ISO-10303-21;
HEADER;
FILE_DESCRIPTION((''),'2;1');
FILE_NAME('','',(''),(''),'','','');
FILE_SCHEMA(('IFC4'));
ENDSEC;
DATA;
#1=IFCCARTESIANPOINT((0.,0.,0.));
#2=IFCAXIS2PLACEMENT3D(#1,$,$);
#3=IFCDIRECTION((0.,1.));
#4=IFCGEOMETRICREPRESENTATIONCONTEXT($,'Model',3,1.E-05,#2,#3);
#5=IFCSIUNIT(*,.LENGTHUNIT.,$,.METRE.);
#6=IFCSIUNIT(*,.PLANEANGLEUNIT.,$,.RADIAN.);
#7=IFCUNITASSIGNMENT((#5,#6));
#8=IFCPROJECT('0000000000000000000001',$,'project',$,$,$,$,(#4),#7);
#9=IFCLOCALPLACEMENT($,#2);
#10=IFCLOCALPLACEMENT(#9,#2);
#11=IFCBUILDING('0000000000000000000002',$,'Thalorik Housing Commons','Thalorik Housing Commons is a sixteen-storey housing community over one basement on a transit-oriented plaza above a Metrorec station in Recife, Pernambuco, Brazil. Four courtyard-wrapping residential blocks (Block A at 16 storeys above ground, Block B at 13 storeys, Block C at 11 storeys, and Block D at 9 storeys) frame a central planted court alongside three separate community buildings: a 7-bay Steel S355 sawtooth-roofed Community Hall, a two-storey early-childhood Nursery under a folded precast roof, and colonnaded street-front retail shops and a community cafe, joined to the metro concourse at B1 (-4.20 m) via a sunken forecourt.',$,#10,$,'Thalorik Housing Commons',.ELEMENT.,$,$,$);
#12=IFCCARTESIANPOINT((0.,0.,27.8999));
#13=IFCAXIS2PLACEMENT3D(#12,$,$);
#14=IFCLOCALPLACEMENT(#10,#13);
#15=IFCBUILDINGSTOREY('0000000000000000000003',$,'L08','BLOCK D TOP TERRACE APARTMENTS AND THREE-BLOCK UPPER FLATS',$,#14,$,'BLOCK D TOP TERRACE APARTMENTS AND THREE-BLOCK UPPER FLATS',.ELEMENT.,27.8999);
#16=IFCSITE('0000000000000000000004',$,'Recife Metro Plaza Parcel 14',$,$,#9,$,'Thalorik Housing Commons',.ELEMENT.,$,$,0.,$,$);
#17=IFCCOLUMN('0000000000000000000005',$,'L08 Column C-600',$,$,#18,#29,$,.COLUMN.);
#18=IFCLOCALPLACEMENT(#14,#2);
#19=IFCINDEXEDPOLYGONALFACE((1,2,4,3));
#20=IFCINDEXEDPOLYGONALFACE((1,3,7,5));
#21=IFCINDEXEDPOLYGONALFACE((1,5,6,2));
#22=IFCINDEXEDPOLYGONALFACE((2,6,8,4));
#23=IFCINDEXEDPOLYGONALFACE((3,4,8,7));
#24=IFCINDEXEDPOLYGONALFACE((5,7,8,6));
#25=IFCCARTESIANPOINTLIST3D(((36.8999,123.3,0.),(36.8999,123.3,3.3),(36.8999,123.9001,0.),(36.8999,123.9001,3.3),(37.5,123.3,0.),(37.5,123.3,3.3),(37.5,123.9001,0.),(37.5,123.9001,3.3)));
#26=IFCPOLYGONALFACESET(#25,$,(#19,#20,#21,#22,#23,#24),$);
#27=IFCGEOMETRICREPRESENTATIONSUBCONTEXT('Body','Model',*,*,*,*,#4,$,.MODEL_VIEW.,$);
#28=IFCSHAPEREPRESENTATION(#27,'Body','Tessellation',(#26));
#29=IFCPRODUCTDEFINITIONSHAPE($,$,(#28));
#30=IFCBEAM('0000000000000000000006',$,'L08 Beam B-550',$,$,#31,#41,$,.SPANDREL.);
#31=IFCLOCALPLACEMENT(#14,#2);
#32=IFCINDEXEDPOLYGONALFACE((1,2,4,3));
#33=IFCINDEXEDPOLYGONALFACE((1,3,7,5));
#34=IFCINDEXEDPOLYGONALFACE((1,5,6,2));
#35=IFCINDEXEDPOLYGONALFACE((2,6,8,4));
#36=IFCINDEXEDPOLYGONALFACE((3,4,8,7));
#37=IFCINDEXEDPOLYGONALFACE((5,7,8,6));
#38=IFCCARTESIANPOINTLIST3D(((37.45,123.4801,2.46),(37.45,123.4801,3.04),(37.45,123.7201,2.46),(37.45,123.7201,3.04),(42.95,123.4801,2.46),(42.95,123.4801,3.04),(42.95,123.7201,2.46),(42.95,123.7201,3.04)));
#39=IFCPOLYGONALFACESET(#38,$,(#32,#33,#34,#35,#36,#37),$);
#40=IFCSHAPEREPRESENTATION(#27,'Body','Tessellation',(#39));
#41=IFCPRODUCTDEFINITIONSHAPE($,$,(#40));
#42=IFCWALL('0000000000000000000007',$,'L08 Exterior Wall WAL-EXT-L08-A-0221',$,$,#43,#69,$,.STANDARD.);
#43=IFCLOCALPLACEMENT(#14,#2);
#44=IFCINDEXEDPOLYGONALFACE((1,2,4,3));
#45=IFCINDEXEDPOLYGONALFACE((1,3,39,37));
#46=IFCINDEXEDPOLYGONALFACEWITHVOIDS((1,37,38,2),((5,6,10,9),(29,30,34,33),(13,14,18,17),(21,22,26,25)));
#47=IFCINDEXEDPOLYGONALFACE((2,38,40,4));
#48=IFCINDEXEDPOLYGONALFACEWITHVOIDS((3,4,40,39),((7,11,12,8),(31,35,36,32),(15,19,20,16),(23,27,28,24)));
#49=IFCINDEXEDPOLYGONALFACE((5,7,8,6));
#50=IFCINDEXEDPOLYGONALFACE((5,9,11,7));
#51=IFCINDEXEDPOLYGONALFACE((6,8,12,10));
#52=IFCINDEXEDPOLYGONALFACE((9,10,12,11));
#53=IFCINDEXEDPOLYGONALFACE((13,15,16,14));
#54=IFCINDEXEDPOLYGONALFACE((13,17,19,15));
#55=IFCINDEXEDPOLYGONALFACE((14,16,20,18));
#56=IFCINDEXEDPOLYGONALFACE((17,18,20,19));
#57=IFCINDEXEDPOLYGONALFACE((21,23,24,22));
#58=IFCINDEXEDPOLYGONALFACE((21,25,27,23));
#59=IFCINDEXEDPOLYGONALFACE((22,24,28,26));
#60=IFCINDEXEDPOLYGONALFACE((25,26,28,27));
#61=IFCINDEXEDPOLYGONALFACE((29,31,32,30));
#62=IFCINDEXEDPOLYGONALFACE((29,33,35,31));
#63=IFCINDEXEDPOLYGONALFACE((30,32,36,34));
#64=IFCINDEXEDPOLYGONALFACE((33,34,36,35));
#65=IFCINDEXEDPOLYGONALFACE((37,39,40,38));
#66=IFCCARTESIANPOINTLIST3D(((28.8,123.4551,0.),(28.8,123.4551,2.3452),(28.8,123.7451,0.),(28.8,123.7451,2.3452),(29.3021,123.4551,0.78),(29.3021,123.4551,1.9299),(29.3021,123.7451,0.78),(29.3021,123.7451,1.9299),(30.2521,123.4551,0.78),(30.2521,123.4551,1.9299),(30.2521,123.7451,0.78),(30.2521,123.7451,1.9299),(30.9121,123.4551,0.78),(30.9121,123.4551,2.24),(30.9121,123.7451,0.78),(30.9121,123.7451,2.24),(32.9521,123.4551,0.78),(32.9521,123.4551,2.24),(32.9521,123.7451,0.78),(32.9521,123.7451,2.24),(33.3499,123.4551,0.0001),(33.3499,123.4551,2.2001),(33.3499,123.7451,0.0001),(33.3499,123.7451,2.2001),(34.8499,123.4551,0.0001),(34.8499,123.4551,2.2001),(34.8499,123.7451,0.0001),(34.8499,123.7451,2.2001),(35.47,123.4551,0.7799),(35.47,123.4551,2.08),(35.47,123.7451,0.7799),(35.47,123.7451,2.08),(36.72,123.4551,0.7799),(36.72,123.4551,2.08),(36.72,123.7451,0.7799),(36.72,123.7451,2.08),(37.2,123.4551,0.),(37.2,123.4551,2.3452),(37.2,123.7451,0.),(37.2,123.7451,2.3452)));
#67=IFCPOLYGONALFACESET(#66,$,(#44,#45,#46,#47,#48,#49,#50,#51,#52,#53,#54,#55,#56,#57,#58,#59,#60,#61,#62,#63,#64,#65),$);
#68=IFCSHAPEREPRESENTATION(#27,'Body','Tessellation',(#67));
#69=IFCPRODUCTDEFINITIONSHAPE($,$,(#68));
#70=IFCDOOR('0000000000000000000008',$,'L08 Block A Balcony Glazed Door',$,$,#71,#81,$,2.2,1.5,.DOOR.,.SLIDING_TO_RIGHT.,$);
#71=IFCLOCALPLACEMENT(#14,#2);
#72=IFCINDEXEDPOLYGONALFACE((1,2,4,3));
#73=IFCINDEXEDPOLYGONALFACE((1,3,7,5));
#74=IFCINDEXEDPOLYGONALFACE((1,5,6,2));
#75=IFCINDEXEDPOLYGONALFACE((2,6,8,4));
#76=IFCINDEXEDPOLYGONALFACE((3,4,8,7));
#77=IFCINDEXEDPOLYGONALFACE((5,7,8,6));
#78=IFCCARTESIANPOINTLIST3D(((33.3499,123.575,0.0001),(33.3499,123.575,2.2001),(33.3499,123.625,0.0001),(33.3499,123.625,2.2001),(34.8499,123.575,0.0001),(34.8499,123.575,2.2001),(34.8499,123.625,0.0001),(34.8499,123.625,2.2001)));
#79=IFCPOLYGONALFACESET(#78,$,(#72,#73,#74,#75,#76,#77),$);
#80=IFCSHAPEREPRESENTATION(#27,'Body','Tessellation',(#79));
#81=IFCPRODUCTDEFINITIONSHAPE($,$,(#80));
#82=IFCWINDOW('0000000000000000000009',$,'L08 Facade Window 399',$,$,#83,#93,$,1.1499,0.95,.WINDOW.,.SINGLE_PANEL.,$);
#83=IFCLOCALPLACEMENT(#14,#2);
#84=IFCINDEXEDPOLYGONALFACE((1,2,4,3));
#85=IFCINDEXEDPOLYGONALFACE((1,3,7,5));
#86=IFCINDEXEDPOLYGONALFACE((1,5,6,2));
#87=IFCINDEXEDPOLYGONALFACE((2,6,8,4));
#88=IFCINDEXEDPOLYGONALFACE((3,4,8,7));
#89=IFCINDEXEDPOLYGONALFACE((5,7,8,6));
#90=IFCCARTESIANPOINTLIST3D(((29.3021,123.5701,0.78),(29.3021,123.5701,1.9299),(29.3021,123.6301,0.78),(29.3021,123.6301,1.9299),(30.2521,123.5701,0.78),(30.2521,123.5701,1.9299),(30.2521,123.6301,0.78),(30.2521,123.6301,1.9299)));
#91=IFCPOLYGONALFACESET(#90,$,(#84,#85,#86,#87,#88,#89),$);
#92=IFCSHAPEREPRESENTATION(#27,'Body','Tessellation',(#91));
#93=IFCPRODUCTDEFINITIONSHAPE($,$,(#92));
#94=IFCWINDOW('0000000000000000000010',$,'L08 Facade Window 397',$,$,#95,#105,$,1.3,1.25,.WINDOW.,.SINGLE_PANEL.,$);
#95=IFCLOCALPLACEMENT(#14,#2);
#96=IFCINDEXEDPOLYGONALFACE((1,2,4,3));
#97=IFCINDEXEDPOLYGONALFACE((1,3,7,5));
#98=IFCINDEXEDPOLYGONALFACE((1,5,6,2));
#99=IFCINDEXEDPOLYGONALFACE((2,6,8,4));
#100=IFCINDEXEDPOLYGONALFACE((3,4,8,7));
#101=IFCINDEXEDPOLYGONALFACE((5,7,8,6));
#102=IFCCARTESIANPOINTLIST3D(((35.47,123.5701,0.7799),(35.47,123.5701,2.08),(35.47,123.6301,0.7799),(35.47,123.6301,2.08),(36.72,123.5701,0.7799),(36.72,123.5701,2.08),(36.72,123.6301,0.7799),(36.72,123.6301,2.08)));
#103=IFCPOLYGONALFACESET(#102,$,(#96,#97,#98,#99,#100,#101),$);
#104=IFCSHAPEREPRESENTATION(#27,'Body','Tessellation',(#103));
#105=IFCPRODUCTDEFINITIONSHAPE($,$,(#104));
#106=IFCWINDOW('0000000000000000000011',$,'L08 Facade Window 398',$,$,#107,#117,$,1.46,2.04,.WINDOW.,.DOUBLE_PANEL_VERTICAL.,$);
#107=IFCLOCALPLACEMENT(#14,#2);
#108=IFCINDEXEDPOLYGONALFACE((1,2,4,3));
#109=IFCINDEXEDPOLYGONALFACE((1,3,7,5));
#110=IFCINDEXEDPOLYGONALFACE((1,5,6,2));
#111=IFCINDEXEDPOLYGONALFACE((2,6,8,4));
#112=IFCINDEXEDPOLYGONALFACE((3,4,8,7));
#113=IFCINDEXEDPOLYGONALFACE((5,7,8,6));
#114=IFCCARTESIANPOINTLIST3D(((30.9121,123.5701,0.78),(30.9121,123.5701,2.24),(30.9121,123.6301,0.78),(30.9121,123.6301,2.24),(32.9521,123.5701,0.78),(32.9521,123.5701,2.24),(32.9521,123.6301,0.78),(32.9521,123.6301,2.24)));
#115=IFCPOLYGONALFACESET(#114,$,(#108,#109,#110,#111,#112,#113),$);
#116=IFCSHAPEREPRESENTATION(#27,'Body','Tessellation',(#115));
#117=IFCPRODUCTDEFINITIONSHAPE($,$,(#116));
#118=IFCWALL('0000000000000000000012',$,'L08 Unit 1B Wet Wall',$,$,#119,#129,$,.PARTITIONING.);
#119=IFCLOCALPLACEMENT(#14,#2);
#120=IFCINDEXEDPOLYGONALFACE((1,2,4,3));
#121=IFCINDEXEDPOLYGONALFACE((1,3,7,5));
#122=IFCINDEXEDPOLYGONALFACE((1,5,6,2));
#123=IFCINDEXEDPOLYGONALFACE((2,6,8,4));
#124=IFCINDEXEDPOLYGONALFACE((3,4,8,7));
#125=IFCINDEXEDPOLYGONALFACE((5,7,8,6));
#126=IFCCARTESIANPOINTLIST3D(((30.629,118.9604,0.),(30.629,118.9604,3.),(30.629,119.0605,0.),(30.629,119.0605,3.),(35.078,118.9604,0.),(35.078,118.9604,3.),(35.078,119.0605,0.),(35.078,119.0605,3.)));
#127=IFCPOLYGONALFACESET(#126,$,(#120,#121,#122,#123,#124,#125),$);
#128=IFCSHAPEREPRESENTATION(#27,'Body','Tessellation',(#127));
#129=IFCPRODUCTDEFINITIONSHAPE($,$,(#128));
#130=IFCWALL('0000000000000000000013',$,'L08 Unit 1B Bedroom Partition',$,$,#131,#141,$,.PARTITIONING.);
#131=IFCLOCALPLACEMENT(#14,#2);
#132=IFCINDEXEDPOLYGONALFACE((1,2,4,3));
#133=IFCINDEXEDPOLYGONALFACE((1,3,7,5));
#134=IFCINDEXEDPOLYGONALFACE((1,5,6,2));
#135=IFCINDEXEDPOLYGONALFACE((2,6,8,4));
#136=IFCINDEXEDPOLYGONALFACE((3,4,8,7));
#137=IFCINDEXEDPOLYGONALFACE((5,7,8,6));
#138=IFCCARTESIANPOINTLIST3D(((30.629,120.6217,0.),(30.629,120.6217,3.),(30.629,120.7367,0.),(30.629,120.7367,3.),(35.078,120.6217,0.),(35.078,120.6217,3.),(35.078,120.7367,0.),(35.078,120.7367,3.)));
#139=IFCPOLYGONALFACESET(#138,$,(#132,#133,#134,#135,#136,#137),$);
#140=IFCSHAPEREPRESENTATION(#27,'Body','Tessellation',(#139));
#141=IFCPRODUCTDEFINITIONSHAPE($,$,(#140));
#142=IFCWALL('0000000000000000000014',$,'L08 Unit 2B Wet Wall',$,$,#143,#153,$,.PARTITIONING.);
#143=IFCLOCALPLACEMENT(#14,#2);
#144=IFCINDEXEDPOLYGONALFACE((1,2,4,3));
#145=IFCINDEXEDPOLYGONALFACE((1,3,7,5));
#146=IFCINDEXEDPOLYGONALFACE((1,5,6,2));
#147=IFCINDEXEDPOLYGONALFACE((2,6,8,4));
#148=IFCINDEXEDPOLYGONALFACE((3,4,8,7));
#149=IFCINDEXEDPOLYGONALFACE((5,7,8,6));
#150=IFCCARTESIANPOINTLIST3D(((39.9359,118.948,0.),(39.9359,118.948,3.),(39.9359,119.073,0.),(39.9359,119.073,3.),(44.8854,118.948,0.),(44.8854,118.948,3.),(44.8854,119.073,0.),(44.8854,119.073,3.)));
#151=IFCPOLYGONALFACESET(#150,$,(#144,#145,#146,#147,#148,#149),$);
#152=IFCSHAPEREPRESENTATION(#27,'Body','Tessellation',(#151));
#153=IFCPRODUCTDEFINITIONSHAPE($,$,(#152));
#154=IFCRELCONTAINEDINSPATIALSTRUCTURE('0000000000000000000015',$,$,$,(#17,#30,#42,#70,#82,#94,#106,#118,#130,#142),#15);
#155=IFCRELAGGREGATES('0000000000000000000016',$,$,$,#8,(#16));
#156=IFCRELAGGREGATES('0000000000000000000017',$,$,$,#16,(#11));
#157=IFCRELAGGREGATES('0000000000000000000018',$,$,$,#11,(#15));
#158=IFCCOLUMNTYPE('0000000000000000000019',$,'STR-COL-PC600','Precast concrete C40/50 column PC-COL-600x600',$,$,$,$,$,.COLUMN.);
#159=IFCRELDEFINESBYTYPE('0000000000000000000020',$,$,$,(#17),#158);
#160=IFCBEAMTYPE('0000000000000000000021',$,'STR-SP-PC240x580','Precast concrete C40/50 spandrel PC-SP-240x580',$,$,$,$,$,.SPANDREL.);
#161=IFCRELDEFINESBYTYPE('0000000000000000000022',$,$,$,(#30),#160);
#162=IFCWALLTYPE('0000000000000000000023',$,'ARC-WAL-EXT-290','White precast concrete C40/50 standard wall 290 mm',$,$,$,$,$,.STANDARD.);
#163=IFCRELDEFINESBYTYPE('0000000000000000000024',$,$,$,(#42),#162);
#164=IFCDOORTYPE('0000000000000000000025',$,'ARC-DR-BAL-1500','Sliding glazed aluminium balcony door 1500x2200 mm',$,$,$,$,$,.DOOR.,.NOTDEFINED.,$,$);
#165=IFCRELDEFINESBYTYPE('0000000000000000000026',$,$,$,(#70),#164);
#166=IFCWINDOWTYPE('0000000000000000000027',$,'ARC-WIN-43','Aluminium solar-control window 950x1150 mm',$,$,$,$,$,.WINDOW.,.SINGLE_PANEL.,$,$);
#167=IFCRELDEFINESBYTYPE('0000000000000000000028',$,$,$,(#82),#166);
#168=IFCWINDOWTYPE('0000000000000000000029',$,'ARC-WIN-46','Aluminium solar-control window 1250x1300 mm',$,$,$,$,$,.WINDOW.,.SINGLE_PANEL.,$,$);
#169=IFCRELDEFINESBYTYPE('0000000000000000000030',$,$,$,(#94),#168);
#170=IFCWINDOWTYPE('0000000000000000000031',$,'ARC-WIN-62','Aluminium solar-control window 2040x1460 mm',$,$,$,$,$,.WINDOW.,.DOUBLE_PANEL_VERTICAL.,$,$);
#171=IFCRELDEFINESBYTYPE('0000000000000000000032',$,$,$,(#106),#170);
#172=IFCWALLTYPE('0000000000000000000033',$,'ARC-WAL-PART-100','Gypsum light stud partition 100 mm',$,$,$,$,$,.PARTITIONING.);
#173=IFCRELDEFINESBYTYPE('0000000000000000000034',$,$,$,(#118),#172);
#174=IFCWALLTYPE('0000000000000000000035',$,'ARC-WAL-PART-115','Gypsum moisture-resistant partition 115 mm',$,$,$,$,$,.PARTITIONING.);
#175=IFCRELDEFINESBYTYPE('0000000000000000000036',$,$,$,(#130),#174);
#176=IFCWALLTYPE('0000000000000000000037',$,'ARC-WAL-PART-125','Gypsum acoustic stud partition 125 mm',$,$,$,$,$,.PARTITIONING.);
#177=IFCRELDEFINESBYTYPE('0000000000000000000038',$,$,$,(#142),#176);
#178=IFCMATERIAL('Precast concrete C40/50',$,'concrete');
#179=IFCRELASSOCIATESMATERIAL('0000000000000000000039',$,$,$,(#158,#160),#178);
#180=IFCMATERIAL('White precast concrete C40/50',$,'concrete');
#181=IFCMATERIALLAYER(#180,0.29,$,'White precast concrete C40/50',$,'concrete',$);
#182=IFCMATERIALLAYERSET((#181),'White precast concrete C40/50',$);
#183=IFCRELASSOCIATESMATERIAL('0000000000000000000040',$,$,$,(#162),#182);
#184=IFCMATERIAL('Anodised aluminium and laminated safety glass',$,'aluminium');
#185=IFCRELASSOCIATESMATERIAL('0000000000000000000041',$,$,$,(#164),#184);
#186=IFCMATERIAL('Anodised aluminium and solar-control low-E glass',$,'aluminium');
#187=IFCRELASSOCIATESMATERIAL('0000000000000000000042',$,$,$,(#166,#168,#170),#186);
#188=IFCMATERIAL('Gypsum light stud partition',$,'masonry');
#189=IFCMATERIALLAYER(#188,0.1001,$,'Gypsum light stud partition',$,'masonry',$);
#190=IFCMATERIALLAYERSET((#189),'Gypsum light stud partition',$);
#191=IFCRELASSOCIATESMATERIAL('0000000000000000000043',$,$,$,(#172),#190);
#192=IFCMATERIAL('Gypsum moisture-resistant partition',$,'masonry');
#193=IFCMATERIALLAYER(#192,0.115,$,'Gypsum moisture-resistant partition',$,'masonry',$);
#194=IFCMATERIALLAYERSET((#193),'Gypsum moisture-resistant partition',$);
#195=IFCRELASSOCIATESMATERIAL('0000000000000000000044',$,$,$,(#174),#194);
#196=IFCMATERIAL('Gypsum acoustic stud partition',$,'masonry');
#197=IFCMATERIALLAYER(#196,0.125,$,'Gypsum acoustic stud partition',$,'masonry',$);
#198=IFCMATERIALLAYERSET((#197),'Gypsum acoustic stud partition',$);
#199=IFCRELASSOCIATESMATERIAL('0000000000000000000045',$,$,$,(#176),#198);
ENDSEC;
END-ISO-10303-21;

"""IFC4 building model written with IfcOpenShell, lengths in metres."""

from ifc_helpers import new_model, si_unit, direction, frame, frame_2d, origin, origin_2d, place, context, subcontext, project, spatial, rectangle, extrude, material, layer, layer_set, material_profile, profile_set, type_object, element, fill, save


model = new_model("IFC4")

# Units and contexts
model_context = context("Model", 3, precision=1e-05, world=origin(), true_north=direction((0.0, 1.0)))
body_context = subcontext(model_context, "Body", "Model", "MODEL_VIEW")
ifc_project = project(units=[si_unit("LENGTHUNIT", "METRE"), si_unit("PLANEANGLEUNIT", "RADIAN")], contexts=[model_context])

# Site, building, storey
site_placement = place(None, origin())
site = spatial("IfcSite", under=ifc_project, at=site_placement, Name="Recife Metro Plaza Parcel 14", LongName="Thalorik Housing Commons", CompositionType="ELEMENT", RefElevation=0.0)
building_placement = place(site_placement, origin())
building = spatial("IfcBuilding", under=site, at=building_placement, Name="Thalorik Housing Commons", Description="Thalorik Housing Commons is a sixteen-storey housing community over one basement on a transit-oriented plaza above a Metrorec station in Recife, Pernambuco, Brazil. Four courtyard-wrapping residential blocks (Block A at 16 storeys above ground, Block B at 13 storeys, Block C at 11 storeys, and Block D at 9 storeys) frame a central planted court alongside three separate community buildings: a 7-bay Steel S355 sawtooth-roofed Community Hall, a two-storey early-childhood Nursery under a folded precast roof, and colonnaded street-front retail shops and a community cafe, joined to the metro concourse at B1 (-4.20 m) via a sunken forecourt.", LongName="Thalorik Housing Commons", CompositionType="ELEMENT")
storey_placement = place(building_placement, frame((0.0, 0.0, 27.8999)))
storey = spatial("IfcBuildingStorey", under=building, at=storey_placement, Name="L08", Description="BLOCK D TOP TERRACE APARTMENTS AND THREE-BLOCK UPPER FLATS", LongName="BLOCK D TOP TERRACE APARTMENTS AND THREE-BLOCK UPPER FLATS", CompositionType="ELEMENT", Elevation=27.8999)

# Column
ifc_material_1 = material(Name="Precast concrete C40/50", Category="concrete")
ifc_material_profile_1 = material_profile(ifc_material_1, rectangle(XDim=0.6001, YDim=0.6001, at=origin_2d()), Name="PC 600x600", Category="concrete")
ifc_profile_set_1 = profile_set([ifc_material_profile_1], Name="Precast concrete C40/50")
column_type = type_object("IfcColumnType", Name="STR-COL-PC600", Description="Precast concrete C40/50 column PC-COL-600x600", PredefinedType="COLUMN", material=ifc_profile_set_1)
column_placement = place(storey_placement, frame((37.2, 123.6001, 0.0), z_axis=(0.0, 0.0, 1.0), x_axis=(1.0, 0.0, 0.0)))
element("IfcColumn", 1, at=column_placement, inside=storey, type_object=column_type, Name="L08 Column C-600", PredefinedType="COLUMN", context=body_context, shape_type="SweptSolid", body=[
    extrude(rectangle(XDim=0.6001, YDim=0.6001, at=origin_2d()), origin(), (0.0, 0.0, 1.0), 3.3),
])

# Beam
ifc_material_profile_2 = material_profile(ifc_material_1, rectangle(XDim=0.24, YDim=0.5801, at=origin_2d()), Name="PC SP 240x580", Category="concrete")
ifc_profile_set_2 = profile_set([ifc_material_profile_2], Name="Precast concrete C40/50")
beam_type = type_object("IfcBeamType", Name="STR-SP-PC240x580", Description="Precast concrete C40/50 spandrel PC-SP-240x580", PredefinedType="SPANDREL", material=ifc_profile_set_2)
beam_placement = place(storey_placement, frame((37.45, 123.6001, 2.75), z_axis=(1.0, 0.0, 0.0), x_axis=(0.0, 1.0, 0.0)))
element("IfcBeam", 2, at=beam_placement, inside=storey, type_object=beam_type, Name="L08 Beam B-550", PredefinedType="SPANDREL", context=body_context, shape_type="SweptSolid", body=[
    extrude(rectangle(XDim=0.24, YDim=0.5801, at=origin_2d()), origin(), (0.0, 0.0, 1.0), 5.5),
])

# Wall, openings, door, windows
ifc_material_2 = material(Name="White precast concrete C40/50", Category="concrete")
ifc_layer_1 = layer(ifc_material_2, 0.29, Name="White precast concrete C40/50", Category="concrete")
ifc_layer_set_1 = layer_set([ifc_layer_1], Name="White precast concrete C40/50")
wall_type_1 = type_object("IfcWallType", Name="ARC-WAL-EXT-290", Description="White precast concrete C40/50 standard wall 290 mm", PredefinedType="STANDARD", material=ifc_layer_set_1)
wall_1_placement = place(storey_placement, frame((37.2, 123.6001, 0.0), z_axis=(0.0, 0.0, 1.0), x_axis=(-1.0, 0.0, 0.0)))
wall_1 = element("IfcWall", 3, at=wall_1_placement, inside=storey, type_object=wall_type_1, Name="L08 Exterior Wall WAL-EXT-L08-A-0221", PredefinedType="STANDARD", context=body_context, shape_type="SweptSolid", body=[
    extrude(rectangle(XDim=8.3999, YDim=0.29, at=frame_2d((4.2, 0.0))), origin(), (0.0, 0.0, 1.0), 2.3452),
])
opening_1_placement = place(wall_1_placement, frame((2.3501, 0.0, 0.0)))
opening_1 = element("IfcOpeningElement", 4, at=opening_1_placement, cuts=wall_1, PredefinedType="OPENING", context=body_context, shape_type="SweptSolid", body=[
    extrude(rectangle(XDim=1.5, YDim=2.2, at=frame_2d((0.75, 1.1001))), frame((0.0, 0.155, 0.0), z_axis=(0.0, -1.0, 0.0), x_axis=(1.0, 0.0, 0.0)), (0.0, 0.0, 1.0), 0.3101),
])
opening_2_placement = place(wall_1_placement, frame((0.48, 0.0, 0.78)))
opening_2 = element("IfcOpeningElement", 5, at=opening_2_placement, cuts=wall_1, PredefinedType="OPENING", context=body_context, shape_type="SweptSolid", body=[
    extrude(rectangle(XDim=1.25, YDim=1.3, at=frame_2d((0.625, 0.6499))), frame((0.0, 0.155, 0.0), z_axis=(0.0, -1.0, 0.0), x_axis=(1.0, 0.0, 0.0)), (0.0, 0.0, 1.0), 0.3101),
])
opening_3_placement = place(wall_1_placement, frame((4.2478, 0.0, 0.78)))
opening_3 = element("IfcOpeningElement", 6, at=opening_3_placement, cuts=wall_1, PredefinedType="OPENING", context=body_context, shape_type="SweptSolid", body=[
    extrude(rectangle(XDim=2.04, YDim=1.46, at=frame_2d((1.02, 0.73))), frame((0.0, 0.155, 0.0), z_axis=(0.0, -1.0, 0.0), x_axis=(1.0, 0.0, 0.0)), (0.0, 0.0, 1.0), 0.3101),
])
opening_4_placement = place(wall_1_placement, frame((6.9478, 0.0, 0.78)))
opening_4 = element("IfcOpeningElement", 7, at=opening_4_placement, cuts=wall_1, PredefinedType="OPENING", context=body_context, shape_type="SweptSolid", body=[
    extrude(rectangle(XDim=0.95, YDim=1.1499, at=frame_2d((0.4751, 0.575))), frame((0.0, 0.155, 0.0), z_axis=(0.0, -1.0, 0.0), x_axis=(1.0, 0.0, 0.0)), (0.0, 0.0, 1.0), 0.3101),
])
ifc_material_3 = material(Name="Anodised aluminium and laminated safety glass", Category="aluminium")
door_type = type_object("IfcDoorType", Name="ARC-DR-BAL-1500", Description="Sliding glazed aluminium balcony door 1500x2200 mm", OperationType="NOTDEFINED", PredefinedType="DOOR", material=ifc_material_3)
door_placement = place(opening_1_placement, frame((1.5, 0.0, 0.0), z_axis=(0.0, 0.0, 1.0), x_axis=(-1.0, 0.0, 0.0)))
door = element("IfcDoor", 8, at=door_placement, inside=storey, type_object=door_type, Name="L08 Block A Balcony Glazed Door", OperationType="SLIDING_TO_RIGHT", OverallHeight=2.2, OverallWidth=1.5, PredefinedType="DOOR", context=body_context, shape_type="SweptSolid", body=[
    extrude(rectangle(XDim=1.5, YDim=2.2, at=frame_2d((0.75, 1.1001))), frame((0.0, 0.0249, 0.0), z_axis=(0.0, -1.0, 0.0), x_axis=(1.0, 0.0, 0.0)), (0.0, 0.0, 1.0), 0.05),
])
fill(opening_1, door)
ifc_material_4 = material(Name="Anodised aluminium and solar-control low-E glass", Category="aluminium")
window_type_1 = type_object("IfcWindowType", Name="ARC-WIN-43", Description="Aluminium solar-control window 950x1150 mm", PartitioningType="SINGLE_PANEL", PredefinedType="WINDOW", material=ifc_material_4)
window_1_placement = place(opening_4_placement, origin())
window_1 = element("IfcWindow", 9, at=window_1_placement, inside=storey, type_object=window_type_1, Name="L08 Facade Window 399", OverallHeight=1.1499, OverallWidth=0.95, PartitioningType="SINGLE_PANEL", PredefinedType="WINDOW", context=body_context, shape_type="SweptSolid", body=[
    extrude(rectangle(XDim=0.95, YDim=1.1499, at=frame_2d((0.4751, 0.575))), frame((0.0, 0.03, 0.0), z_axis=(0.0, -1.0, 0.0), x_axis=(1.0, 0.0, 0.0)), (0.0, 0.0, 1.0), 0.0601),
])
fill(opening_4, window_1)
window_type_2 = type_object("IfcWindowType", Name="ARC-WIN-46", Description="Aluminium solar-control window 1250x1300 mm", PartitioningType="SINGLE_PANEL", PredefinedType="WINDOW", material=ifc_material_4)
window_2_placement = place(opening_2_placement, origin())
window_2 = element("IfcWindow", 10, at=window_2_placement, inside=storey, type_object=window_type_2, Name="L08 Facade Window 397", OverallHeight=1.3, OverallWidth=1.25, PartitioningType="SINGLE_PANEL", PredefinedType="WINDOW", context=body_context, shape_type="SweptSolid", body=[
    extrude(rectangle(XDim=1.25, YDim=1.3, at=frame_2d((0.625, 0.6499))), frame((0.0, 0.03, 0.0), z_axis=(0.0, -1.0, 0.0), x_axis=(1.0, 0.0, 0.0)), (0.0, 0.0, 1.0), 0.0601),
])
fill(opening_2, window_2)
window_type_3 = type_object("IfcWindowType", Name="ARC-WIN-62", Description="Aluminium solar-control window 2040x1460 mm", PartitioningType="DOUBLE_PANEL_VERTICAL", PredefinedType="WINDOW", material=ifc_material_4)
window_3_placement = place(opening_3_placement, origin())
window_3 = element("IfcWindow", 11, at=window_3_placement, inside=storey, type_object=window_type_3, Name="L08 Facade Window 398", OverallHeight=1.46, OverallWidth=2.04, PartitioningType="DOUBLE_PANEL_VERTICAL", PredefinedType="WINDOW", context=body_context, shape_type="SweptSolid", body=[
    extrude(rectangle(XDim=2.04, YDim=1.46, at=frame_2d((1.02, 0.73))), frame((0.0, 0.03, 0.0), z_axis=(0.0, -1.0, 0.0), x_axis=(1.0, 0.0, 0.0)), (0.0, 0.0, 1.0), 0.0601),
])
fill(opening_3, window_3)

# Walls
ifc_material_5 = material(Name="Gypsum light stud partition", Category="masonry")
ifc_layer_2 = layer(ifc_material_5, 0.1001, Name="Gypsum light stud partition", Category="masonry")
ifc_layer_set_2 = layer_set([ifc_layer_2], Name="Gypsum light stud partition")
wall_type_2 = type_object("IfcWallType", Name="ARC-WAL-PART-100", Description="Gypsum light stud partition 100 mm", PredefinedType="PARTITIONING", material=ifc_layer_set_2)
wall_2_placement = place(storey_placement, frame((30.6289, 119.0105, 0.0), z_axis=(0.0, 0.0, 1.0), x_axis=(1.0, 0.0, 0.0)))
element("IfcWall", 12, at=wall_2_placement, inside=storey, type_object=wall_type_2, Name="L08 Unit 1B Wet Wall", PredefinedType="PARTITIONING", context=body_context, shape_type="SweptSolid", body=[
    extrude(rectangle(XDim=4.449, YDim=0.1001, at=frame_2d((2.2246, 0.0))), origin(), (0.0, 0.0, 1.0), 3.0),
])
ifc_material_6 = material(Name="Gypsum moisture-resistant partition", Category="masonry")
ifc_layer_3 = layer(ifc_material_6, 0.115, Name="Gypsum moisture-resistant partition", Category="masonry")
ifc_layer_set_3 = layer_set([ifc_layer_3], Name="Gypsum moisture-resistant partition")
wall_type_3 = type_object("IfcWallType", Name="ARC-WAL-PART-115", Description="Gypsum moisture-resistant partition 115 mm", PredefinedType="PARTITIONING", material=ifc_layer_set_3)
wall_3_placement = place(storey_placement, frame((30.6289, 120.6792, 0.0), z_axis=(0.0, 0.0, 1.0), x_axis=(1.0, 0.0, 0.0)))
element("IfcWall", 13, at=wall_3_placement, inside=storey, type_object=wall_type_3, Name="L08 Unit 1B Bedroom Partition", PredefinedType="PARTITIONING", context=body_context, shape_type="SweptSolid", body=[
    extrude(rectangle(XDim=4.449, YDim=0.115, at=frame_2d((2.2246, 0.0))), origin(), (0.0, 0.0, 1.0), 3.0),
])
ifc_material_7 = material(Name="Gypsum acoustic stud partition", Category="masonry")
ifc_layer_4 = layer(ifc_material_7, 0.125, Name="Gypsum acoustic stud partition", Category="masonry")
ifc_layer_set_4 = layer_set([ifc_layer_4], Name="Gypsum acoustic stud partition")
wall_type_4 = type_object("IfcWallType", Name="ARC-WAL-PART-125", Description="Gypsum acoustic stud partition 125 mm", PredefinedType="PARTITIONING", material=ifc_layer_set_4)
wall_4_placement = place(storey_placement, frame((39.936, 119.0105, 0.0), z_axis=(0.0, 0.0, 1.0), x_axis=(1.0, 0.0, 0.0)))
element("IfcWall", 14, at=wall_4_placement, inside=storey, type_object=wall_type_4, Name="L08 Unit 2B Wet Wall", PredefinedType="PARTITIONING", context=body_context, shape_type="SweptSolid", body=[
    extrude(rectangle(XDim=4.9495, YDim=0.125, at=frame_2d((2.4746, 0.0))), origin(), (0.0, 0.0, 1.0), 3.0),
])

save(model, "model.ifc")
